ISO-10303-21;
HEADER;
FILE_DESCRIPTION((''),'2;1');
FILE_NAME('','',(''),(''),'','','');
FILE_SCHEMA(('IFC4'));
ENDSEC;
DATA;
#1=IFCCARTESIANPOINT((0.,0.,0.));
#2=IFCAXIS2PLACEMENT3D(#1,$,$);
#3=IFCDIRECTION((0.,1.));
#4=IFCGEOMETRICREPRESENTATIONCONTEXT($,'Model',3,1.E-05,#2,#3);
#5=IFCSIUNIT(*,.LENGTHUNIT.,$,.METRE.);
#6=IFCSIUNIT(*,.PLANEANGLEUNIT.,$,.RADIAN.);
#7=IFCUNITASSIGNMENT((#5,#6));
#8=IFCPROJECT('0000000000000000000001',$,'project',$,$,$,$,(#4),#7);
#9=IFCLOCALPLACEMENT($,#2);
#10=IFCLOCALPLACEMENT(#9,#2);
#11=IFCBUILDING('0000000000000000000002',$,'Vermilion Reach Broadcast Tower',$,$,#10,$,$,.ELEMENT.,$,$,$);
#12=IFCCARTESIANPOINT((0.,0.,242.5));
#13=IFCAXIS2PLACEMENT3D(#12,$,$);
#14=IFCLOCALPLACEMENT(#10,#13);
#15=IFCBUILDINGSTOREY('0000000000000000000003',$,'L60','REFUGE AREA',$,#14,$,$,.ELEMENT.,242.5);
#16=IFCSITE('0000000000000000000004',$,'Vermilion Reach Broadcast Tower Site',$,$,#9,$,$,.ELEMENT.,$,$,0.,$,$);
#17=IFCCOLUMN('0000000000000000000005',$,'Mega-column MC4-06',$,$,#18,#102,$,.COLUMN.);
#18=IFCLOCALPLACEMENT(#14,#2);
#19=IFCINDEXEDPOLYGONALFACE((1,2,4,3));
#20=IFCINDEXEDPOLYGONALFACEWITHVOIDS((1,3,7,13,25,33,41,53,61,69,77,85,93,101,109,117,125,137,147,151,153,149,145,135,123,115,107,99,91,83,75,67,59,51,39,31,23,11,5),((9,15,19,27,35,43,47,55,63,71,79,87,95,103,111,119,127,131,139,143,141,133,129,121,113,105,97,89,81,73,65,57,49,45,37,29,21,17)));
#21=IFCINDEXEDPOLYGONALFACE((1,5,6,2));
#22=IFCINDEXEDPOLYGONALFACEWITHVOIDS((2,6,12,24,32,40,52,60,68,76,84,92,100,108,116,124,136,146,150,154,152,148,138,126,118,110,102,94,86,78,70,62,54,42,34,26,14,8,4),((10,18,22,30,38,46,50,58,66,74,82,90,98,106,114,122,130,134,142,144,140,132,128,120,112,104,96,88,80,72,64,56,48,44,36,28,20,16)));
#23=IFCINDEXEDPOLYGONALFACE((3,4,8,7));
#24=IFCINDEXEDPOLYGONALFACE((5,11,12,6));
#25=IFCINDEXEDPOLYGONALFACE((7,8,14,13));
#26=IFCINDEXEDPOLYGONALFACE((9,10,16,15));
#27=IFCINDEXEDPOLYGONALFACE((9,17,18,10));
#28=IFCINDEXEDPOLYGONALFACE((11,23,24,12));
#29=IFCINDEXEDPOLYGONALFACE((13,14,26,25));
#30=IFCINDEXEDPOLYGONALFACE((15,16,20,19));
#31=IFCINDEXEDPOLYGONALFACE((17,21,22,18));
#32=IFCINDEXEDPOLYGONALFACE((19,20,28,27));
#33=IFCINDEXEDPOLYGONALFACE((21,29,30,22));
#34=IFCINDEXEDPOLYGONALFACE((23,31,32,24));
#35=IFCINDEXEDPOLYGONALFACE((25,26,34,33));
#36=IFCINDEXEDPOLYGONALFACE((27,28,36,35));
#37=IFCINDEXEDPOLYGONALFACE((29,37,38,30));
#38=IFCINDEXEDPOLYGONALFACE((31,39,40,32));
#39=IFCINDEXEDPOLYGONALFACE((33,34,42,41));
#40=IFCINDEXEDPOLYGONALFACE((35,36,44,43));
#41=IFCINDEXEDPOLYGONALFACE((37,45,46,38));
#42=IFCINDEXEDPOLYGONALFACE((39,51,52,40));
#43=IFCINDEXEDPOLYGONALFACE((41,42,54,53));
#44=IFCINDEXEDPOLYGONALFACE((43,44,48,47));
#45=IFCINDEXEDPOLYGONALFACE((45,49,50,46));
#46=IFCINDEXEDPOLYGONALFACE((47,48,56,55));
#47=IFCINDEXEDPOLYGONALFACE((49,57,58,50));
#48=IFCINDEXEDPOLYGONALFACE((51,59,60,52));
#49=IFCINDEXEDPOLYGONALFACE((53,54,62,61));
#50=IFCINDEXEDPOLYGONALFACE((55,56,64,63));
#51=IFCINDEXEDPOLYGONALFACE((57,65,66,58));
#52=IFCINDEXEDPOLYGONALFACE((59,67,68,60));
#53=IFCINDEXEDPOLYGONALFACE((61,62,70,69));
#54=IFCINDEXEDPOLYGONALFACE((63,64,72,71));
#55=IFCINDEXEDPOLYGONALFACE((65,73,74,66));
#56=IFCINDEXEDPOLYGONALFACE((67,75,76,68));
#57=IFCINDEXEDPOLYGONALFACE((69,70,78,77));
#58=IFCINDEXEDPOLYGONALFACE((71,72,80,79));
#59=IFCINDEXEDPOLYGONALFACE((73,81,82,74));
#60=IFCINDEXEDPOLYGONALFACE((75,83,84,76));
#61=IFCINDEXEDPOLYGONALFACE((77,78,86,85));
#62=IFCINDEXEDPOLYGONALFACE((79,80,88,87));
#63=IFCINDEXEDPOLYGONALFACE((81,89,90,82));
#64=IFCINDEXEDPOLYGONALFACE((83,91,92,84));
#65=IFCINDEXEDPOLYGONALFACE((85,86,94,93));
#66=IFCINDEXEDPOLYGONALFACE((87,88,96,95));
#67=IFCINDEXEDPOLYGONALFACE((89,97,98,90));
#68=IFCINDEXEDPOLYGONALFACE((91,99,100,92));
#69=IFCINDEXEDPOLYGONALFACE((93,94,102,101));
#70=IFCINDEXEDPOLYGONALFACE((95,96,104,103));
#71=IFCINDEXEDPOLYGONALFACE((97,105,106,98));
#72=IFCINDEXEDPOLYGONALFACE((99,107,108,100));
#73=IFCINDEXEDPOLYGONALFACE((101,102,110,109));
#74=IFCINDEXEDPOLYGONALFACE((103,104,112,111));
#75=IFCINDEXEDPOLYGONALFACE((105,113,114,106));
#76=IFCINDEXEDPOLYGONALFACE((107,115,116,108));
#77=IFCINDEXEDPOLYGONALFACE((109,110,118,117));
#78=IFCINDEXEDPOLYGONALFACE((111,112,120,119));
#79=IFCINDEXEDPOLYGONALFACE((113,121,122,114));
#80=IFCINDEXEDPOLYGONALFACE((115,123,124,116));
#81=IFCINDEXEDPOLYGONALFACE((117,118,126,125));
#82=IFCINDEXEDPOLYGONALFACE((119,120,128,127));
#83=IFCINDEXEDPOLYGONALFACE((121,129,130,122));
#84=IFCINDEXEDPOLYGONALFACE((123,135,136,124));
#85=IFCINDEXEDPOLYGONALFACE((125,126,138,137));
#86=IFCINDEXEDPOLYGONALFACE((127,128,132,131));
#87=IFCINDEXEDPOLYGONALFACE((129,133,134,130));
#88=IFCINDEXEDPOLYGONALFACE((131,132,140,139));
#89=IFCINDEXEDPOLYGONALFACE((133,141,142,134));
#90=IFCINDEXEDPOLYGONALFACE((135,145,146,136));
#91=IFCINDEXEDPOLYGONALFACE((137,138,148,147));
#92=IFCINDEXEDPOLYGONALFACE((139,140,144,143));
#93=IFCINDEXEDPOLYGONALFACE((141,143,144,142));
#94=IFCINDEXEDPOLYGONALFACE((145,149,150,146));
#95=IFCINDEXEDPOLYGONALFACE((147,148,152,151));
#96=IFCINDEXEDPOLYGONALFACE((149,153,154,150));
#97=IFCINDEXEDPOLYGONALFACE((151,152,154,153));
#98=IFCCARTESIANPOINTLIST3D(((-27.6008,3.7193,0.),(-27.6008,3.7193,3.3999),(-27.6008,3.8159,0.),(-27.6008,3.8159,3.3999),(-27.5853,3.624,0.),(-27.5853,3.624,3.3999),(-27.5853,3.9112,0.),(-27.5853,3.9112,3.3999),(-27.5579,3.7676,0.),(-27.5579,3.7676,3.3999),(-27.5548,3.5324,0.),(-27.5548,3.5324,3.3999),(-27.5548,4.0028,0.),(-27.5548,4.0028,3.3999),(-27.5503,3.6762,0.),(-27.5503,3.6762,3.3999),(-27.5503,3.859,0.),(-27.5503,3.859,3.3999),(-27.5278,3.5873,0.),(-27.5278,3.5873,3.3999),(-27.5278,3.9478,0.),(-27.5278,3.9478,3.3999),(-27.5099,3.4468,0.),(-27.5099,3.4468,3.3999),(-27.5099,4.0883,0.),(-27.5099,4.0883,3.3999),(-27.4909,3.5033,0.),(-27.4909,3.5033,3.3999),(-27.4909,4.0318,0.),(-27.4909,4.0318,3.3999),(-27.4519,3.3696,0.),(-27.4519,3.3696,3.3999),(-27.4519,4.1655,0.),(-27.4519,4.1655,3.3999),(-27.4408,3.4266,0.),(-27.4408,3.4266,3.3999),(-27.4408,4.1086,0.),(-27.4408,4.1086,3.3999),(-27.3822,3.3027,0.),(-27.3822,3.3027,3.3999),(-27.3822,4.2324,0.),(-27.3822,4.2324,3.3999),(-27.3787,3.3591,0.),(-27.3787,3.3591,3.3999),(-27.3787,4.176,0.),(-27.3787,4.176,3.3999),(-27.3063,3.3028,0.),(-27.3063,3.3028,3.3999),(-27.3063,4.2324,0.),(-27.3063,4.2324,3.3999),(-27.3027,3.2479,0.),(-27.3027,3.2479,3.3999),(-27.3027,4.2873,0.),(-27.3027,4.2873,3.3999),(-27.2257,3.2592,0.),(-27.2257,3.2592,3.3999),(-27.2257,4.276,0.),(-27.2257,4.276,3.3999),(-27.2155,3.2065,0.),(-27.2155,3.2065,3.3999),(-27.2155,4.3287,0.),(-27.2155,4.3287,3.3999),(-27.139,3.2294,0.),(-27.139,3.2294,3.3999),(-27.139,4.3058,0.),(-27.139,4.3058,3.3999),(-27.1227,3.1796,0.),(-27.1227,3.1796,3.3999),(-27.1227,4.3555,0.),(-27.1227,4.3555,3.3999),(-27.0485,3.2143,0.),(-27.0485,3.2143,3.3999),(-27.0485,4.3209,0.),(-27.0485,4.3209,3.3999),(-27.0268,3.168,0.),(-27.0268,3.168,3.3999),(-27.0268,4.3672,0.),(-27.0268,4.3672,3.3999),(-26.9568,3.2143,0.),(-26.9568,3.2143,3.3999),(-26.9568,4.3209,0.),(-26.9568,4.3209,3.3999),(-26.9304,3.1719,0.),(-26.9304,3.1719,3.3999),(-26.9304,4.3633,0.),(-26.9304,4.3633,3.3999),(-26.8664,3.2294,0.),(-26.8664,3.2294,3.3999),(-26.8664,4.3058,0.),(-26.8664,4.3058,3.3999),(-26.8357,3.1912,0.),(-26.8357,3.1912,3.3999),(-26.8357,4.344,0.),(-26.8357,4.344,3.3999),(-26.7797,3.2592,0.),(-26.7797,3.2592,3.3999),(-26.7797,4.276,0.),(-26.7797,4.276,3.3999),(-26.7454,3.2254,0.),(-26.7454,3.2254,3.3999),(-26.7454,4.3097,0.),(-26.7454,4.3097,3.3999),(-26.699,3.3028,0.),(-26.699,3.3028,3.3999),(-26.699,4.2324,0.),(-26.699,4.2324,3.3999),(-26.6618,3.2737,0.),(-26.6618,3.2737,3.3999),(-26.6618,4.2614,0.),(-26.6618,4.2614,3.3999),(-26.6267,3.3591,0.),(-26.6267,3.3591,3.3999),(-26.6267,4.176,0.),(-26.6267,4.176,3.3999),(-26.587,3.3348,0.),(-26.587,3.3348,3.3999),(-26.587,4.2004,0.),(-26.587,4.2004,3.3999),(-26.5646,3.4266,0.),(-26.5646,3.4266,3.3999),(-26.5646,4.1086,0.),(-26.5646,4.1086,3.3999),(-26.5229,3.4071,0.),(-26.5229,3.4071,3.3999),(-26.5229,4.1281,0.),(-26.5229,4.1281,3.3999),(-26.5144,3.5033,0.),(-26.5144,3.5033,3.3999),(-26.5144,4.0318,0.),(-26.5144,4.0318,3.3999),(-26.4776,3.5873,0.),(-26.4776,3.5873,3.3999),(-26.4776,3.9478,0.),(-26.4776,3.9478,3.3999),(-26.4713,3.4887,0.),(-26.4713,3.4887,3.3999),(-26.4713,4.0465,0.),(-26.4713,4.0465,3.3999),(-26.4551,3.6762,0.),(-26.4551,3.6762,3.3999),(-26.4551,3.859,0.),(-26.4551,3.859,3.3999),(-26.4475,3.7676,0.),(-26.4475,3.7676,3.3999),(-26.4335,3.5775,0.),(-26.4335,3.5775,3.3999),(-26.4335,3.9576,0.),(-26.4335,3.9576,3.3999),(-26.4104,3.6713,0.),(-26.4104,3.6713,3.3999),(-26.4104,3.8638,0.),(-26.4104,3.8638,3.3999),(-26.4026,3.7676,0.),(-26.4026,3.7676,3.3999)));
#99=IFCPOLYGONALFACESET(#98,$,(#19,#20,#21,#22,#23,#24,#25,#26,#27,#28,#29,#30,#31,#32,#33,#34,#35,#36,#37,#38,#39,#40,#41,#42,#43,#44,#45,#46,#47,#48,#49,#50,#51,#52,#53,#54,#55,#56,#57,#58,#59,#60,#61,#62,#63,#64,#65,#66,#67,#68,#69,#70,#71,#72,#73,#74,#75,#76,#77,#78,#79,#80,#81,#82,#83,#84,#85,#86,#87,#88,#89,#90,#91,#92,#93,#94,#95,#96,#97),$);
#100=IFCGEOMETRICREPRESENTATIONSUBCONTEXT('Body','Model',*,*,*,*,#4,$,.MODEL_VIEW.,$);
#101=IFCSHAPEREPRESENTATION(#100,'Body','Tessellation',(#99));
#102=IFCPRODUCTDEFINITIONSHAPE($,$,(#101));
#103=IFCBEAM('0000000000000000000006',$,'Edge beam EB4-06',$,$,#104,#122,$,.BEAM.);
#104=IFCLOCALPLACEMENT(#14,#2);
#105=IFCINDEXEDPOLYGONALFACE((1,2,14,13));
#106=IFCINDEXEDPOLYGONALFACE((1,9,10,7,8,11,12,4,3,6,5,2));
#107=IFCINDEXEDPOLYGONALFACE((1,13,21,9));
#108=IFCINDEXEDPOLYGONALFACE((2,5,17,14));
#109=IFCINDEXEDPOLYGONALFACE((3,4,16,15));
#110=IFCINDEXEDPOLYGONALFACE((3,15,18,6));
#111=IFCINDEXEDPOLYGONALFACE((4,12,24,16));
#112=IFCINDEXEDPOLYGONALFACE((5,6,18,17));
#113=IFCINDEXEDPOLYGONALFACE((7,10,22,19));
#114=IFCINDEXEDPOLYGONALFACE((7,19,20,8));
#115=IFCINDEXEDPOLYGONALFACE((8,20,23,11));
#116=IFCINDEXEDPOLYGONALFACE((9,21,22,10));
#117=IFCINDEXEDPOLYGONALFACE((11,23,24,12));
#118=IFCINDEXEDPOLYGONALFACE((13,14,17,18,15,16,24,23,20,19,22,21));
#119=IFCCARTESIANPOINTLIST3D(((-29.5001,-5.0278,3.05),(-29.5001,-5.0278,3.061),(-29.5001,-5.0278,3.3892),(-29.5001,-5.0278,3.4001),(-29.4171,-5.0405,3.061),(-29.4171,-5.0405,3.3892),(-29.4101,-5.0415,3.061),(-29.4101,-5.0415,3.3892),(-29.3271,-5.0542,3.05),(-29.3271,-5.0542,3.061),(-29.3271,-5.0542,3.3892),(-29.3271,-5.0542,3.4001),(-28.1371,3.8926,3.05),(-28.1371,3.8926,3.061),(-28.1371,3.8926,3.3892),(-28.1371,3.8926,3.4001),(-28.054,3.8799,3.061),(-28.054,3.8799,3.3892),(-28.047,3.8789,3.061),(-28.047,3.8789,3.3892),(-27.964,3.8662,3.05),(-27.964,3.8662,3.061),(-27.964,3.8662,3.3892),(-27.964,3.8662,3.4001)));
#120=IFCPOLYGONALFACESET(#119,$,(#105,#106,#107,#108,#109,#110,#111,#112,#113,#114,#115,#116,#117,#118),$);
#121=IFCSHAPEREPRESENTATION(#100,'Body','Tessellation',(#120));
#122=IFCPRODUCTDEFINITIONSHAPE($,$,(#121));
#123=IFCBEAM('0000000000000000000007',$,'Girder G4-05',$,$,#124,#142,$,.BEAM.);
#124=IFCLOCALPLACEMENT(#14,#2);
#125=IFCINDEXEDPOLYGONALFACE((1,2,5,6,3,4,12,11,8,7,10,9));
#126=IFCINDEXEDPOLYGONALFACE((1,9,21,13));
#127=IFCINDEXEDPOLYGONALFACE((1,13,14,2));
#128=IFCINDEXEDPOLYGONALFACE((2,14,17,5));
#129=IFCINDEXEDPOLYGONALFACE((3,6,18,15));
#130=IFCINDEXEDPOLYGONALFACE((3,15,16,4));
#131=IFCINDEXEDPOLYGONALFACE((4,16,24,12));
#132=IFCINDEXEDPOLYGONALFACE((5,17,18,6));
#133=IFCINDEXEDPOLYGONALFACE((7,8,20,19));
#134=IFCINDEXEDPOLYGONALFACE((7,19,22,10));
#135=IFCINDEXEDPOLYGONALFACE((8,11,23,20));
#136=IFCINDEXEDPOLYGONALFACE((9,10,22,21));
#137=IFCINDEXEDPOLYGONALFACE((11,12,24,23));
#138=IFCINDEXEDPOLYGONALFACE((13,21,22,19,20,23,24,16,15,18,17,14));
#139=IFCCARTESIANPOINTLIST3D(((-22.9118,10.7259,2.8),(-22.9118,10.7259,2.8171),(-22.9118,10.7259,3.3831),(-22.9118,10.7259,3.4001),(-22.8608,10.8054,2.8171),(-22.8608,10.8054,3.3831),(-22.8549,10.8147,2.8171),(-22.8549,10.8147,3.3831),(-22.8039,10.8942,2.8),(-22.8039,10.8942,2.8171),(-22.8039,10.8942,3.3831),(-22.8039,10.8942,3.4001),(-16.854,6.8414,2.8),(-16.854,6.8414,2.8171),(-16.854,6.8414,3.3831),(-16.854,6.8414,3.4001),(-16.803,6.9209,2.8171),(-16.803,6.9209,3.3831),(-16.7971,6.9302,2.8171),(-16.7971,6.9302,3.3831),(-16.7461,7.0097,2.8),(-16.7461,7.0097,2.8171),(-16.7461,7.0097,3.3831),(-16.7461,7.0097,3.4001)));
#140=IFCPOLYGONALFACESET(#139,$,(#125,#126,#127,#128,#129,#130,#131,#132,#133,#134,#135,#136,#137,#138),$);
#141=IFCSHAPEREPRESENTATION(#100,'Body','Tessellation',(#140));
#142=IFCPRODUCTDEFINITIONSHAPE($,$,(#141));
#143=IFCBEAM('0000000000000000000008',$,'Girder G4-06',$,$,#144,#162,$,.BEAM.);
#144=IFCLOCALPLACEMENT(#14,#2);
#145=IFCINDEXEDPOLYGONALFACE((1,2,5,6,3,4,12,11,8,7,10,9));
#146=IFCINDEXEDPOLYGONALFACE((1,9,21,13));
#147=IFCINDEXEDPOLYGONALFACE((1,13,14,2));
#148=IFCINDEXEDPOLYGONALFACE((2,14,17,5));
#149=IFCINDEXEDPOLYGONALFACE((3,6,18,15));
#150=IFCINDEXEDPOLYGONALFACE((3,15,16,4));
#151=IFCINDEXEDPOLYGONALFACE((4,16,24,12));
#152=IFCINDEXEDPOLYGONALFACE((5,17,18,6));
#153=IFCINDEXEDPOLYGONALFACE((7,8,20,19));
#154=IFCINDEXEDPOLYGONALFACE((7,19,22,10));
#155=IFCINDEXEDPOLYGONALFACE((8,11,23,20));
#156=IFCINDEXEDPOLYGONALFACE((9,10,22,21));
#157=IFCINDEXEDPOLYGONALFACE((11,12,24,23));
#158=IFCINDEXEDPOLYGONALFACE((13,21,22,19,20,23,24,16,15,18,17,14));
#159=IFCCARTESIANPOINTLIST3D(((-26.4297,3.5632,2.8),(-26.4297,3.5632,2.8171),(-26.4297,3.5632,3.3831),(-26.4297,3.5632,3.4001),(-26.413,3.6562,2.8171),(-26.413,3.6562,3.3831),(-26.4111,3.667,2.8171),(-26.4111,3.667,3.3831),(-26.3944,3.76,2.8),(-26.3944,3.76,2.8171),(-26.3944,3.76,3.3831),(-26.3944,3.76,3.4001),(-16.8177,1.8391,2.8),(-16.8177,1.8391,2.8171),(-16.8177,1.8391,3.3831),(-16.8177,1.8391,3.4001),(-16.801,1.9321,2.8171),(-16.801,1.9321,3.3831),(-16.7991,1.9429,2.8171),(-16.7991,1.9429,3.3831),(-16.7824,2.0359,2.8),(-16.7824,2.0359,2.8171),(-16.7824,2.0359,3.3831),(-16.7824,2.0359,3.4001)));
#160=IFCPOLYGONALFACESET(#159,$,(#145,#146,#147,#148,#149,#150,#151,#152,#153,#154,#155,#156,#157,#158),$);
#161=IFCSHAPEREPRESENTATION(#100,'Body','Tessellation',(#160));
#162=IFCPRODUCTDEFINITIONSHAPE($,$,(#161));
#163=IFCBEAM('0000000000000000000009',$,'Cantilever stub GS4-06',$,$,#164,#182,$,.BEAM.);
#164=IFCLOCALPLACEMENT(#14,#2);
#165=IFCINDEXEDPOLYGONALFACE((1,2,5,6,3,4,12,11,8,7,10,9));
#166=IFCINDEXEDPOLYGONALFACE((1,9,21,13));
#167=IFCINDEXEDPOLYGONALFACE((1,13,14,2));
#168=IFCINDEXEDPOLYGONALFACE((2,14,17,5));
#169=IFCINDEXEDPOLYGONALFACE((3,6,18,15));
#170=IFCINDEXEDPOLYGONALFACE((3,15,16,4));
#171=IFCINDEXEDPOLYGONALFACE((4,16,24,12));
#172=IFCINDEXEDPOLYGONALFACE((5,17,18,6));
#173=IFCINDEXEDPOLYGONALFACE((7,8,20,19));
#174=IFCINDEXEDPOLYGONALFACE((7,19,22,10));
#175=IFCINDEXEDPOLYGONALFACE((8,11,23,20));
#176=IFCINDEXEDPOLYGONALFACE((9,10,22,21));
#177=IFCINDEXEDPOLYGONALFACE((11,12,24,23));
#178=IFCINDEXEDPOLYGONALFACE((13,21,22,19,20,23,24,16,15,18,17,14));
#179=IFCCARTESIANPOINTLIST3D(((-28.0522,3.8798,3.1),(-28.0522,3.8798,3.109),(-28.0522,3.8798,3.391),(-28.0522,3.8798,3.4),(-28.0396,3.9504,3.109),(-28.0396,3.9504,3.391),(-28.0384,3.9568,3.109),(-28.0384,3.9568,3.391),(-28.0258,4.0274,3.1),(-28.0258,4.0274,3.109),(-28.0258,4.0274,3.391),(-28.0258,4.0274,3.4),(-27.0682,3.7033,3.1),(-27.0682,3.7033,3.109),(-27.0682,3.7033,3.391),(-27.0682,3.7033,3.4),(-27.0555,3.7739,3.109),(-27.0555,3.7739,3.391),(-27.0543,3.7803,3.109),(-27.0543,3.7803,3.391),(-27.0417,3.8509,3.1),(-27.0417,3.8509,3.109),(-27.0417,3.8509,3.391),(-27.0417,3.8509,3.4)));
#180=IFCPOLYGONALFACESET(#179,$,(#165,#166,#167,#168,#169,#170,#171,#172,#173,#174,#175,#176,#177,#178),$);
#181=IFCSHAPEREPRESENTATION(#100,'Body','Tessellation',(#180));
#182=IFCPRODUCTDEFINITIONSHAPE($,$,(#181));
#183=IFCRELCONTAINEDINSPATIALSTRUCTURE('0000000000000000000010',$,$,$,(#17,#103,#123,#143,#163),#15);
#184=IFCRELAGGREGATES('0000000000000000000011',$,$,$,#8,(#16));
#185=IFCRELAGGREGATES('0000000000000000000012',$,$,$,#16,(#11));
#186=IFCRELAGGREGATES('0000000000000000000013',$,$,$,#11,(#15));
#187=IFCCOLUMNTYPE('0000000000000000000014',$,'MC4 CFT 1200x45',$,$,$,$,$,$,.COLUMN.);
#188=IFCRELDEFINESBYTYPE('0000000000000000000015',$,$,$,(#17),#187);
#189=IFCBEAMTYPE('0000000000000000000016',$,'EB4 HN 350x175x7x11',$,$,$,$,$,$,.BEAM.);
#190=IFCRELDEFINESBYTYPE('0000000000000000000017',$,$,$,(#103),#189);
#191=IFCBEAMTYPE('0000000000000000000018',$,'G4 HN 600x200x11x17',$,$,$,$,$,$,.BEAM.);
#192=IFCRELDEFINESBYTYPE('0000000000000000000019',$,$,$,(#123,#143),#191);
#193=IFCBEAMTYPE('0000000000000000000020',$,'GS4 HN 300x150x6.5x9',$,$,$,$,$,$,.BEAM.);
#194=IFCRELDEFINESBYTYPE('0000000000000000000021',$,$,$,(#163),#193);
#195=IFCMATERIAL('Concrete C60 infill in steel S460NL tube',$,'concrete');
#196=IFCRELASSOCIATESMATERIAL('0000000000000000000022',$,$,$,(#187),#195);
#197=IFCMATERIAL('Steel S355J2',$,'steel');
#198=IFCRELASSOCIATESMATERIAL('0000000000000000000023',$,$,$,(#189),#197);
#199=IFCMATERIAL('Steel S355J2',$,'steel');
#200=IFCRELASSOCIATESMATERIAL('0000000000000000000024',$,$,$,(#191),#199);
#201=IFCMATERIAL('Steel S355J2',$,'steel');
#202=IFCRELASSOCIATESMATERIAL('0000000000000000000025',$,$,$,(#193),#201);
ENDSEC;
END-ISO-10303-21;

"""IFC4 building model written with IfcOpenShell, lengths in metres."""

from ifc_helpers import new_model, si_unit, direction, frame, origin, origin_2d, place, context, subcontext, project, spatial, hollow_circle, i_section, extrude, material, material_profile, profile_set, type_object, element, save


model = new_model("IFC4")

# Units and contexts
model_context = context("Model", 3, precision=1e-05, world=origin(), true_north=direction((0.0, 1.0)))
body_context = subcontext(model_context, "Body", "Model", "MODEL_VIEW")
ifc_project = project(units=[si_unit("LENGTHUNIT", "METRE"), si_unit("PLANEANGLEUNIT", "RADIAN")], contexts=[model_context])

# Site, building, storey
site_placement = place(None, origin())
site = spatial("IfcSite", under=ifc_project, at=site_placement, Name="Vermilion Reach Broadcast Tower Site", CompositionType="ELEMENT", RefElevation=0.0)
building_placement = place(site_placement, origin())
building = spatial("IfcBuilding", under=site, at=building_placement, Name="Vermilion Reach Broadcast Tower", CompositionType="ELEMENT")
storey_placement = place(building_placement, frame((0.0, 0.0, 242.5)))
storey = spatial("IfcBuildingStorey", under=building, at=storey_placement, Name="L60", Description="REFUGE AREA", CompositionType="ELEMENT", Elevation=242.5)

# Column
ifc_material_1 = material(Name="Concrete C60 infill in steel S460NL tube", Category="concrete")
ifc_material_profile_1 = material_profile(ifc_material_1, hollow_circle(Radius=0.6001, WallThickness=0.0449, at=origin_2d()), Name="Concrete C60 infill in steel S460NL tube CFT 1200x45")
ifc_profile_set_1 = profile_set([ifc_material_profile_1], Name="Concrete C60 infill in steel S460NL tube")
column_type = type_object("IfcColumnType", Name="MC4 CFT 1200x45", PredefinedType="COLUMN", material=ifc_profile_set_1)
column_placement = place(storey_placement, frame((-27.0027, 3.7676, 0.0), z_axis=(0.0, 0.0, 1.0), x_axis=(1.0, 0.0, 0.0)))
element("IfcColumn", 1, at=column_placement, inside=storey, type_object=column_type, Name="Mega-column MC4-06", PredefinedType="COLUMN", context=body_context, shape_type="SweptSolid", body=[
    extrude(hollow_circle(Radius=0.6001, WallThickness=0.0449, at=origin_2d()), origin(), (0.0, 0.0, 1.0), 3.3999),
])

# Beams
ifc_material_2 = material(Name="Steel S355J2", Category="steel")
ifc_material_profile_2 = material_profile(ifc_material_2, i_section(OverallWidth=0.175, OverallDepth=0.3501, WebThickness=0.0071, FlangeThickness=0.011, at=origin_2d()), Name="S355J2 HN 350x175x7x11")
ifc_profile_set_2 = profile_set([ifc_material_profile_2], Name="Steel S355J2")
beam_type_1 = type_object("IfcBeamType", Name="EB4 HN 350x175x7x11", PredefinedType="BEAM", material=ifc_profile_set_2)
beam_1_placement = place(storey_placement, frame((-28.0505, 3.8794, 3.2251), z_axis=(-0.151047, -0.988527, 0.0), x_axis=(0.988527, -0.151047, 0.0)))
element("IfcBeam", 2, at=beam_1_placement, inside=storey, type_object=beam_type_1, Name="Edge beam EB4-06", PredefinedType="BEAM", context=body_context, shape_type="SweptSolid", body=[
    extrude(i_section(OverallWidth=0.175, OverallDepth=0.3501, WebThickness=0.0071, FlangeThickness=0.011, at=origin_2d()), origin(), (0.0, 0.0, 1.0), 9.0239),
])
ifc_material_3 = material(Name="Steel S355J2", Category="steel")
ifc_material_profile_3 = material_profile(ifc_material_3, i_section(OverallWidth=0.2, OverallDepth=0.6001, WebThickness=0.011, FlangeThickness=0.0171, at=origin_2d()), Name="S355J2 HN 600x200x11x17")
ifc_profile_set_3 = profile_set([ifc_material_profile_3], Name="Steel S355J2")
beam_type_2 = type_object("IfcBeamType", Name="G4 HN 600x200x11x17", PredefinedType="BEAM", material=ifc_profile_set_3)
beam_2_placement = place(storey_placement, frame((-16.8, 6.9255, 3.1001), z_axis=(-0.841799, 0.539792, 0.0), x_axis=(-0.539792, -0.841799, 0.0)))
element("IfcBeam", 3, at=beam_2_placement, inside=storey, type_object=beam_type_2, Name="Girder G4-05", PredefinedType="BEAM", context=body_context, shape_type="SweptSolid", body=[
    extrude(i_section(OverallWidth=0.2, OverallDepth=0.6001, WebThickness=0.011, FlangeThickness=0.0171, at=origin_2d()), origin(), (0.0, 0.0, 1.0), 7.1963),
])
beam_3_placement = place(storey_placement, frame((-16.8, 1.9375, 3.1001), z_axis=(-0.984291, 0.176553, 0.0), x_axis=(-0.176553, -0.984291, 0.0)))
element("IfcBeam", 4, at=beam_3_placement, inside=storey, type_object=beam_type_2, Name="Girder G4-06", PredefinedType="BEAM", context=body_context, shape_type="SweptSolid", body=[
    extrude(i_section(OverallWidth=0.2, OverallDepth=0.6001, WebThickness=0.011, FlangeThickness=0.0171, at=origin_2d()), origin(), (0.0, 0.0, 1.0), 9.7654),
])
ifc_material_4 = material(Name="Steel S355J2", Category="steel")
ifc_material_profile_4 = material_profile(ifc_material_4, i_section(OverallWidth=0.1499, OverallDepth=0.3, WebThickness=0.0066, FlangeThickness=0.009, at=origin_2d()), Name="S355J2 HN 300x150x6.5x9")
ifc_profile_set_4 = profile_set([ifc_material_profile_4], Name="Steel S355J2")
beam_type_3 = type_object("IfcBeamType", Name="GS4 HN 300x150x6.5x9", PredefinedType="BEAM", material=ifc_profile_set_4)
beam_4_placement = place(storey_placement, frame((-27.0549, 3.7771, 3.25), z_axis=(-0.984293, 0.176543, 0.0), x_axis=(-0.176543, -0.984293, 0.0)))
element("IfcBeam", 5, at=beam_4_placement, inside=storey, type_object=beam_type_3, Name="Cantilever stub GS4-06", PredefinedType="BEAM", context=body_context, shape_type="SweptSolid", body=[
    extrude(i_section(OverallWidth=0.1499, OverallDepth=0.3, WebThickness=0.0066, FlangeThickness=0.009, at=origin_2d()), origin(), (0.0, 0.0, 1.0), 0.9998),
])

save(model, "model.ifc")
